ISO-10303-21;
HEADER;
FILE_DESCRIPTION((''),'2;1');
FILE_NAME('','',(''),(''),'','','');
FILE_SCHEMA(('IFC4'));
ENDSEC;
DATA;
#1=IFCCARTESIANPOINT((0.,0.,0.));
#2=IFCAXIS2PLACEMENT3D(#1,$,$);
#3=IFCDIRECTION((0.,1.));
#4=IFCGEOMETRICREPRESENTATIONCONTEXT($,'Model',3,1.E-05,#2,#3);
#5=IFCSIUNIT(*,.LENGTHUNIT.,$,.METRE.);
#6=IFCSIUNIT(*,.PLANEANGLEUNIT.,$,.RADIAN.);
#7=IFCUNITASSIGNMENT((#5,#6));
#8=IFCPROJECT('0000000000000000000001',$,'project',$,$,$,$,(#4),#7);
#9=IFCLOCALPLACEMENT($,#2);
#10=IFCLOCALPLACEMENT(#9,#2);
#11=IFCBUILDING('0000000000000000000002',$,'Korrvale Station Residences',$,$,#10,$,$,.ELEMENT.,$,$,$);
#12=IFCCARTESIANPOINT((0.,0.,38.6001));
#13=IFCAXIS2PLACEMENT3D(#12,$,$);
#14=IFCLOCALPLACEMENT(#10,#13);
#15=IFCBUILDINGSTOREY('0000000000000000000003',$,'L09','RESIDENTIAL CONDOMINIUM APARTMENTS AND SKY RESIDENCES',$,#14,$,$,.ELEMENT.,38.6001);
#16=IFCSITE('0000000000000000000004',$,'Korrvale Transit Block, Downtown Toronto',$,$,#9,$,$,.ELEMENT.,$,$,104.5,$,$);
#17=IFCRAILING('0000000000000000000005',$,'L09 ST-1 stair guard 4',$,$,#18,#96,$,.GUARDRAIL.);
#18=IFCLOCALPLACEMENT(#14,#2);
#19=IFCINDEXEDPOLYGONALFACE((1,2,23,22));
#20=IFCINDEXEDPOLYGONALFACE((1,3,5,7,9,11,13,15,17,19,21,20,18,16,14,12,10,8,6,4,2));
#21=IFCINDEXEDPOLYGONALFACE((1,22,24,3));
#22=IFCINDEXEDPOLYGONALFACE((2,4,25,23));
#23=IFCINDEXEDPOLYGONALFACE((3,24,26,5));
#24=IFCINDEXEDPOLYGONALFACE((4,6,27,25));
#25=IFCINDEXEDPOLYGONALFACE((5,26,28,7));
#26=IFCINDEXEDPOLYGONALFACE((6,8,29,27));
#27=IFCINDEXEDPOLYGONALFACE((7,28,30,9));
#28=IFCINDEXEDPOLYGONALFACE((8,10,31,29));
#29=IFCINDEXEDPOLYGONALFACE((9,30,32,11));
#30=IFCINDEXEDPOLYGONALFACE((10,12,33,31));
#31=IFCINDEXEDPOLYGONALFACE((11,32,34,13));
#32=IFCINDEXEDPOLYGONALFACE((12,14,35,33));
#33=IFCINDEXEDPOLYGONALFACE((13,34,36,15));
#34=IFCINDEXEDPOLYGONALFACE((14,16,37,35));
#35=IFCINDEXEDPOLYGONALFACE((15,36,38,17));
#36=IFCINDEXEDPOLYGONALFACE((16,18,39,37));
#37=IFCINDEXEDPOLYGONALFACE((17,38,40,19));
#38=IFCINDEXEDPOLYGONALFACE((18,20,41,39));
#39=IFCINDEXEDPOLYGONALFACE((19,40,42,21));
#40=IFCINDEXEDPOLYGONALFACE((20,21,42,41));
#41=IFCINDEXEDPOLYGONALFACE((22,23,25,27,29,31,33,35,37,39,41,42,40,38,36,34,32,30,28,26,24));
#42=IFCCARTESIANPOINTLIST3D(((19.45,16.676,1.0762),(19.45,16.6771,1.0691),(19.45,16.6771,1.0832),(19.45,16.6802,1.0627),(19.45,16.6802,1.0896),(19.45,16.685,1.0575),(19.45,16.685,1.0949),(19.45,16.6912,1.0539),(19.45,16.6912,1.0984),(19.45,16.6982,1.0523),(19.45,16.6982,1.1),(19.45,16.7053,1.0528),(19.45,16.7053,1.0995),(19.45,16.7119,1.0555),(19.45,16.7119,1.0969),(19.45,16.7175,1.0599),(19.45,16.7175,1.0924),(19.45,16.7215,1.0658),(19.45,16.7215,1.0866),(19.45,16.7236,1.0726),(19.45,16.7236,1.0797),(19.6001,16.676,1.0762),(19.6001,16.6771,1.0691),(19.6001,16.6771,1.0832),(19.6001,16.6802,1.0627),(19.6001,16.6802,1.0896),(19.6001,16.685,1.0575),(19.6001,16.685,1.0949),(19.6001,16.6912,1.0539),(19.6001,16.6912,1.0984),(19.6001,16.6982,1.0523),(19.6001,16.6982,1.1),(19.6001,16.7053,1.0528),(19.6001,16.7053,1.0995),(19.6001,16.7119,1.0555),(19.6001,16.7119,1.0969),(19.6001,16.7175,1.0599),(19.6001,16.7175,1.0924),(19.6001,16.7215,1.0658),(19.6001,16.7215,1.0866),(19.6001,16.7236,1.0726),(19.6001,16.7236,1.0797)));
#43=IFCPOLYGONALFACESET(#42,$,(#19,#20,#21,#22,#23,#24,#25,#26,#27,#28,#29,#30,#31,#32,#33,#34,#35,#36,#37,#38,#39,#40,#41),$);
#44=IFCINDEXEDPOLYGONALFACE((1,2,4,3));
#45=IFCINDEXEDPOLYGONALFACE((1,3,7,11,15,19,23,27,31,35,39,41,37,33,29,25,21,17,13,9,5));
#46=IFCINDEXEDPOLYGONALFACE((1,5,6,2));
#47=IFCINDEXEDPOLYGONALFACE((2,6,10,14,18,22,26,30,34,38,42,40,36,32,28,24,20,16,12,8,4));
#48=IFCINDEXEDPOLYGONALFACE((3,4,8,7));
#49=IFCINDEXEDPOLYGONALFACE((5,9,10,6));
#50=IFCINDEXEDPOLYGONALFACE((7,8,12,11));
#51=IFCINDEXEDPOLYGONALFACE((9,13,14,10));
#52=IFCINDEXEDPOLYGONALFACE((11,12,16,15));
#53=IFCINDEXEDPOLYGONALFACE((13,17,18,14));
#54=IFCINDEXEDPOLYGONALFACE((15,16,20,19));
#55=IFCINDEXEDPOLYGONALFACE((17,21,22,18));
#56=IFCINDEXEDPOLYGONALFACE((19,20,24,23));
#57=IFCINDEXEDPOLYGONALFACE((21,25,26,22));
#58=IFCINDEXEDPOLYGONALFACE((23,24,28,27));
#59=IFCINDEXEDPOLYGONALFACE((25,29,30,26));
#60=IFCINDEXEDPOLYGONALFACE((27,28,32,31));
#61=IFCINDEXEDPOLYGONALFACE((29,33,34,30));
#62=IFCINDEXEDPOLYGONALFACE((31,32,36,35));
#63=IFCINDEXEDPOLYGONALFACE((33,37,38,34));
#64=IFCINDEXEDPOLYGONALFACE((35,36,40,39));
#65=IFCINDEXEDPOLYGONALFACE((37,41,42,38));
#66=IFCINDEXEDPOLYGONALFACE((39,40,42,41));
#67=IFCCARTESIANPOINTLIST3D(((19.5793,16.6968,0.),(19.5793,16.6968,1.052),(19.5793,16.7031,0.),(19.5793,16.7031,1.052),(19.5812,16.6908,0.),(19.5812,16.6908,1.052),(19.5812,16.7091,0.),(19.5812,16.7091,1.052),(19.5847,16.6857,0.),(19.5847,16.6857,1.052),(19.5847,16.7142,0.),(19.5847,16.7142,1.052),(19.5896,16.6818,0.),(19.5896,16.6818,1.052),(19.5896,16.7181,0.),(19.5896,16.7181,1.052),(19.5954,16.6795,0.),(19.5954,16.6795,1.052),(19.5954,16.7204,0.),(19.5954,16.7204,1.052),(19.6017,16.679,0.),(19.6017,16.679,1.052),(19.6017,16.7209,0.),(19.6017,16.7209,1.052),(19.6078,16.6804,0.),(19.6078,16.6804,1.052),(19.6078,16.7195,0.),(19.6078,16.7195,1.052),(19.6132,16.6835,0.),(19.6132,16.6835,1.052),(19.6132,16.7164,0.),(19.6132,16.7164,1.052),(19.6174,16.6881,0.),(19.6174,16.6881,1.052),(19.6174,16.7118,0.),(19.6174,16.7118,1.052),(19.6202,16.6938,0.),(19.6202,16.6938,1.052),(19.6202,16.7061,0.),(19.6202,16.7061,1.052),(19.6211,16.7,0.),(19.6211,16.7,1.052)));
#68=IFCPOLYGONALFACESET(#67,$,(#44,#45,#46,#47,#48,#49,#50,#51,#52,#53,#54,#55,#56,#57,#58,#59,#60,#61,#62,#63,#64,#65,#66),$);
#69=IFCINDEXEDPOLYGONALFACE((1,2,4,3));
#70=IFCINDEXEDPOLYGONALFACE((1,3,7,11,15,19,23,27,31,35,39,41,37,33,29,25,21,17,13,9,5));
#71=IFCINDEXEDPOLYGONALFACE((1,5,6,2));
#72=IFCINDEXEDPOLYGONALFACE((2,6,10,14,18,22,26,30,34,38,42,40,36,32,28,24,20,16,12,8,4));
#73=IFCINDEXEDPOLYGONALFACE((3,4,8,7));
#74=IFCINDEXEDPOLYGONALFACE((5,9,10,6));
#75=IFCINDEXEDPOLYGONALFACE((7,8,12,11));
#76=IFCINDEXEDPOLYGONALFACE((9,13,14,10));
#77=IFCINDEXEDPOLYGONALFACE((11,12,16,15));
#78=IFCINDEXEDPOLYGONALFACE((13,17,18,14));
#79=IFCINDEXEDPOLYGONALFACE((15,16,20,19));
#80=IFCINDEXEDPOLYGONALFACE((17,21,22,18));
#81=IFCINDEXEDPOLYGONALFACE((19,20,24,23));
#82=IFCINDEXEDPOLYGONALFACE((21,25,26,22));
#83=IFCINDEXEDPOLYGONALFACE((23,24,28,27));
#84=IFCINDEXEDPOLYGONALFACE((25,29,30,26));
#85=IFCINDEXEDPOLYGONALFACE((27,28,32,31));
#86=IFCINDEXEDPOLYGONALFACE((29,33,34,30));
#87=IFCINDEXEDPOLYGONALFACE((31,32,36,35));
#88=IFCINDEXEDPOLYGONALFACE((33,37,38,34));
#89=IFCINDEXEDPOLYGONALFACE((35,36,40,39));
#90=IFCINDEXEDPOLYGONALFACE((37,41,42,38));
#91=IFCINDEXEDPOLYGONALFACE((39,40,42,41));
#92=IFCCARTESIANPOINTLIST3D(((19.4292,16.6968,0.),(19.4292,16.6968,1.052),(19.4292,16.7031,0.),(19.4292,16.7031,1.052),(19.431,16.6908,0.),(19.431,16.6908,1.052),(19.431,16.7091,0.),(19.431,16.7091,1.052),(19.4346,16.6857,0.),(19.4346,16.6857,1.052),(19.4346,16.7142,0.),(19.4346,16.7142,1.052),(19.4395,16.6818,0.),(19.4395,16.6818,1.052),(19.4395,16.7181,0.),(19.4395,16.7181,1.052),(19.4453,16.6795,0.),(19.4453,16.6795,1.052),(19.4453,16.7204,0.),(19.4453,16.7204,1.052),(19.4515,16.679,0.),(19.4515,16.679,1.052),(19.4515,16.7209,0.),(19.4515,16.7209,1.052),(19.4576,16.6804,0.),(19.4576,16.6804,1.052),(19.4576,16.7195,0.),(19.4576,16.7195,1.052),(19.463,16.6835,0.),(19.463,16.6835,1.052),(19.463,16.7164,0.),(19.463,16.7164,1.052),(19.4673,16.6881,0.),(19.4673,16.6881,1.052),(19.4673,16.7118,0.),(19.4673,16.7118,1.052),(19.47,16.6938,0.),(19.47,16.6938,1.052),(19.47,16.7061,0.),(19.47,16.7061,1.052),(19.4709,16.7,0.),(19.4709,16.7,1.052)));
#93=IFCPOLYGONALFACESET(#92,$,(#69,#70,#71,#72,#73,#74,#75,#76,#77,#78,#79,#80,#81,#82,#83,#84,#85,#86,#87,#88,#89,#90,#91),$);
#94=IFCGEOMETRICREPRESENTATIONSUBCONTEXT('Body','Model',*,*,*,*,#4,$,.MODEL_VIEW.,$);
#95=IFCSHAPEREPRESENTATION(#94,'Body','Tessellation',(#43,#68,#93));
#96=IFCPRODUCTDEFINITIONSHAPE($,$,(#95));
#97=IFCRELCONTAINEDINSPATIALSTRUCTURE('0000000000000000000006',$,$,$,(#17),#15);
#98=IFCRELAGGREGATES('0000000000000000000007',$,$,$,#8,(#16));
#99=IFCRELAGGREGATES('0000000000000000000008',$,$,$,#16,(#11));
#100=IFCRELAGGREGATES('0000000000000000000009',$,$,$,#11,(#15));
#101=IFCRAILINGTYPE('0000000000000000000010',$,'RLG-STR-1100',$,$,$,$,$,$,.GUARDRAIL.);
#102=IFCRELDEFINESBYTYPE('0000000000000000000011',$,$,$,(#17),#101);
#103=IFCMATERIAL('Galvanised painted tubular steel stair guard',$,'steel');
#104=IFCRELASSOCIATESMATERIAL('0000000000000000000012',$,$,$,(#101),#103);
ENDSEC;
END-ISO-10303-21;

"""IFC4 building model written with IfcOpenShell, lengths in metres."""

from ifc_helpers import new_model, si_unit, direction, frame, origin, origin_2d, place, context, subcontext, project, spatial, circle, extrude, material, type_object, element, save


model = new_model("IFC4")

# Units and contexts
model_context = context("Model", 3, precision=1e-05, world=origin(), true_north=direction((0.0, 1.0)))
body_context = subcontext(model_context, "Body", "Model", "MODEL_VIEW")
ifc_project = project(units=[si_unit("LENGTHUNIT", "METRE"), si_unit("PLANEANGLEUNIT", "RADIAN")], contexts=[model_context])

# Site, building, storey
site_placement = place(None, origin())
site = spatial("IfcSite", under=ifc_project, at=site_placement, Name="Korrvale Transit Block, Downtown Toronto", CompositionType="ELEMENT", RefElevation=104.5)
building_placement = place(site_placement, origin())
building = spatial("IfcBuilding", under=site, at=building_placement, Name="Korrvale Station Residences", CompositionType="ELEMENT")
storey_placement = place(building_placement, frame((0.0, 0.0, 38.6001)))
storey = spatial("IfcBuildingStorey", under=building, at=storey_placement, Name="L09", Description="RESIDENTIAL CONDOMINIUM APARTMENTS AND SKY RESIDENCES", CompositionType="ELEMENT", Elevation=38.6001)

# Railing
ifc_material_1 = material(Name="Galvanised painted tubular steel stair guard", Category="steel")
railing_type_1 = type_object("IfcRailingType", Name="RLG-STR-1100", PredefinedType="GUARDRAIL", material=ifc_material_1)
railing_1_placement = place(storey_placement, frame((19.6001, 16.7, 0.0)))
element("IfcRailing", 1, at=railing_1_placement, inside=storey, type_object=railing_type_1, Name="L09 ST-1 stair guard 4", PredefinedType="GUARDRAIL", context=body_context, shape_type="SweptSolid", body=[
    extrude(circle(Radius=0.0239, at=origin_2d()), frame((0.0, 0.0, 1.0762), z_axis=(-1.0, 0.0, 0.0), x_axis=(0.0, -1.0, 0.0)), (0.0, 0.0, 1.0), 0.1501),
    extrude(circle(Radius=0.021, at=origin_2d()), origin(), (0.0, 0.0, 1.0), 1.052),
    extrude(circle(Radius=0.021, at=origin_2d()), frame((-0.1501, 0.0, 0.0)), (0.0, 0.0, 1.0), 1.052),
])

save(model, "model.ifc")
